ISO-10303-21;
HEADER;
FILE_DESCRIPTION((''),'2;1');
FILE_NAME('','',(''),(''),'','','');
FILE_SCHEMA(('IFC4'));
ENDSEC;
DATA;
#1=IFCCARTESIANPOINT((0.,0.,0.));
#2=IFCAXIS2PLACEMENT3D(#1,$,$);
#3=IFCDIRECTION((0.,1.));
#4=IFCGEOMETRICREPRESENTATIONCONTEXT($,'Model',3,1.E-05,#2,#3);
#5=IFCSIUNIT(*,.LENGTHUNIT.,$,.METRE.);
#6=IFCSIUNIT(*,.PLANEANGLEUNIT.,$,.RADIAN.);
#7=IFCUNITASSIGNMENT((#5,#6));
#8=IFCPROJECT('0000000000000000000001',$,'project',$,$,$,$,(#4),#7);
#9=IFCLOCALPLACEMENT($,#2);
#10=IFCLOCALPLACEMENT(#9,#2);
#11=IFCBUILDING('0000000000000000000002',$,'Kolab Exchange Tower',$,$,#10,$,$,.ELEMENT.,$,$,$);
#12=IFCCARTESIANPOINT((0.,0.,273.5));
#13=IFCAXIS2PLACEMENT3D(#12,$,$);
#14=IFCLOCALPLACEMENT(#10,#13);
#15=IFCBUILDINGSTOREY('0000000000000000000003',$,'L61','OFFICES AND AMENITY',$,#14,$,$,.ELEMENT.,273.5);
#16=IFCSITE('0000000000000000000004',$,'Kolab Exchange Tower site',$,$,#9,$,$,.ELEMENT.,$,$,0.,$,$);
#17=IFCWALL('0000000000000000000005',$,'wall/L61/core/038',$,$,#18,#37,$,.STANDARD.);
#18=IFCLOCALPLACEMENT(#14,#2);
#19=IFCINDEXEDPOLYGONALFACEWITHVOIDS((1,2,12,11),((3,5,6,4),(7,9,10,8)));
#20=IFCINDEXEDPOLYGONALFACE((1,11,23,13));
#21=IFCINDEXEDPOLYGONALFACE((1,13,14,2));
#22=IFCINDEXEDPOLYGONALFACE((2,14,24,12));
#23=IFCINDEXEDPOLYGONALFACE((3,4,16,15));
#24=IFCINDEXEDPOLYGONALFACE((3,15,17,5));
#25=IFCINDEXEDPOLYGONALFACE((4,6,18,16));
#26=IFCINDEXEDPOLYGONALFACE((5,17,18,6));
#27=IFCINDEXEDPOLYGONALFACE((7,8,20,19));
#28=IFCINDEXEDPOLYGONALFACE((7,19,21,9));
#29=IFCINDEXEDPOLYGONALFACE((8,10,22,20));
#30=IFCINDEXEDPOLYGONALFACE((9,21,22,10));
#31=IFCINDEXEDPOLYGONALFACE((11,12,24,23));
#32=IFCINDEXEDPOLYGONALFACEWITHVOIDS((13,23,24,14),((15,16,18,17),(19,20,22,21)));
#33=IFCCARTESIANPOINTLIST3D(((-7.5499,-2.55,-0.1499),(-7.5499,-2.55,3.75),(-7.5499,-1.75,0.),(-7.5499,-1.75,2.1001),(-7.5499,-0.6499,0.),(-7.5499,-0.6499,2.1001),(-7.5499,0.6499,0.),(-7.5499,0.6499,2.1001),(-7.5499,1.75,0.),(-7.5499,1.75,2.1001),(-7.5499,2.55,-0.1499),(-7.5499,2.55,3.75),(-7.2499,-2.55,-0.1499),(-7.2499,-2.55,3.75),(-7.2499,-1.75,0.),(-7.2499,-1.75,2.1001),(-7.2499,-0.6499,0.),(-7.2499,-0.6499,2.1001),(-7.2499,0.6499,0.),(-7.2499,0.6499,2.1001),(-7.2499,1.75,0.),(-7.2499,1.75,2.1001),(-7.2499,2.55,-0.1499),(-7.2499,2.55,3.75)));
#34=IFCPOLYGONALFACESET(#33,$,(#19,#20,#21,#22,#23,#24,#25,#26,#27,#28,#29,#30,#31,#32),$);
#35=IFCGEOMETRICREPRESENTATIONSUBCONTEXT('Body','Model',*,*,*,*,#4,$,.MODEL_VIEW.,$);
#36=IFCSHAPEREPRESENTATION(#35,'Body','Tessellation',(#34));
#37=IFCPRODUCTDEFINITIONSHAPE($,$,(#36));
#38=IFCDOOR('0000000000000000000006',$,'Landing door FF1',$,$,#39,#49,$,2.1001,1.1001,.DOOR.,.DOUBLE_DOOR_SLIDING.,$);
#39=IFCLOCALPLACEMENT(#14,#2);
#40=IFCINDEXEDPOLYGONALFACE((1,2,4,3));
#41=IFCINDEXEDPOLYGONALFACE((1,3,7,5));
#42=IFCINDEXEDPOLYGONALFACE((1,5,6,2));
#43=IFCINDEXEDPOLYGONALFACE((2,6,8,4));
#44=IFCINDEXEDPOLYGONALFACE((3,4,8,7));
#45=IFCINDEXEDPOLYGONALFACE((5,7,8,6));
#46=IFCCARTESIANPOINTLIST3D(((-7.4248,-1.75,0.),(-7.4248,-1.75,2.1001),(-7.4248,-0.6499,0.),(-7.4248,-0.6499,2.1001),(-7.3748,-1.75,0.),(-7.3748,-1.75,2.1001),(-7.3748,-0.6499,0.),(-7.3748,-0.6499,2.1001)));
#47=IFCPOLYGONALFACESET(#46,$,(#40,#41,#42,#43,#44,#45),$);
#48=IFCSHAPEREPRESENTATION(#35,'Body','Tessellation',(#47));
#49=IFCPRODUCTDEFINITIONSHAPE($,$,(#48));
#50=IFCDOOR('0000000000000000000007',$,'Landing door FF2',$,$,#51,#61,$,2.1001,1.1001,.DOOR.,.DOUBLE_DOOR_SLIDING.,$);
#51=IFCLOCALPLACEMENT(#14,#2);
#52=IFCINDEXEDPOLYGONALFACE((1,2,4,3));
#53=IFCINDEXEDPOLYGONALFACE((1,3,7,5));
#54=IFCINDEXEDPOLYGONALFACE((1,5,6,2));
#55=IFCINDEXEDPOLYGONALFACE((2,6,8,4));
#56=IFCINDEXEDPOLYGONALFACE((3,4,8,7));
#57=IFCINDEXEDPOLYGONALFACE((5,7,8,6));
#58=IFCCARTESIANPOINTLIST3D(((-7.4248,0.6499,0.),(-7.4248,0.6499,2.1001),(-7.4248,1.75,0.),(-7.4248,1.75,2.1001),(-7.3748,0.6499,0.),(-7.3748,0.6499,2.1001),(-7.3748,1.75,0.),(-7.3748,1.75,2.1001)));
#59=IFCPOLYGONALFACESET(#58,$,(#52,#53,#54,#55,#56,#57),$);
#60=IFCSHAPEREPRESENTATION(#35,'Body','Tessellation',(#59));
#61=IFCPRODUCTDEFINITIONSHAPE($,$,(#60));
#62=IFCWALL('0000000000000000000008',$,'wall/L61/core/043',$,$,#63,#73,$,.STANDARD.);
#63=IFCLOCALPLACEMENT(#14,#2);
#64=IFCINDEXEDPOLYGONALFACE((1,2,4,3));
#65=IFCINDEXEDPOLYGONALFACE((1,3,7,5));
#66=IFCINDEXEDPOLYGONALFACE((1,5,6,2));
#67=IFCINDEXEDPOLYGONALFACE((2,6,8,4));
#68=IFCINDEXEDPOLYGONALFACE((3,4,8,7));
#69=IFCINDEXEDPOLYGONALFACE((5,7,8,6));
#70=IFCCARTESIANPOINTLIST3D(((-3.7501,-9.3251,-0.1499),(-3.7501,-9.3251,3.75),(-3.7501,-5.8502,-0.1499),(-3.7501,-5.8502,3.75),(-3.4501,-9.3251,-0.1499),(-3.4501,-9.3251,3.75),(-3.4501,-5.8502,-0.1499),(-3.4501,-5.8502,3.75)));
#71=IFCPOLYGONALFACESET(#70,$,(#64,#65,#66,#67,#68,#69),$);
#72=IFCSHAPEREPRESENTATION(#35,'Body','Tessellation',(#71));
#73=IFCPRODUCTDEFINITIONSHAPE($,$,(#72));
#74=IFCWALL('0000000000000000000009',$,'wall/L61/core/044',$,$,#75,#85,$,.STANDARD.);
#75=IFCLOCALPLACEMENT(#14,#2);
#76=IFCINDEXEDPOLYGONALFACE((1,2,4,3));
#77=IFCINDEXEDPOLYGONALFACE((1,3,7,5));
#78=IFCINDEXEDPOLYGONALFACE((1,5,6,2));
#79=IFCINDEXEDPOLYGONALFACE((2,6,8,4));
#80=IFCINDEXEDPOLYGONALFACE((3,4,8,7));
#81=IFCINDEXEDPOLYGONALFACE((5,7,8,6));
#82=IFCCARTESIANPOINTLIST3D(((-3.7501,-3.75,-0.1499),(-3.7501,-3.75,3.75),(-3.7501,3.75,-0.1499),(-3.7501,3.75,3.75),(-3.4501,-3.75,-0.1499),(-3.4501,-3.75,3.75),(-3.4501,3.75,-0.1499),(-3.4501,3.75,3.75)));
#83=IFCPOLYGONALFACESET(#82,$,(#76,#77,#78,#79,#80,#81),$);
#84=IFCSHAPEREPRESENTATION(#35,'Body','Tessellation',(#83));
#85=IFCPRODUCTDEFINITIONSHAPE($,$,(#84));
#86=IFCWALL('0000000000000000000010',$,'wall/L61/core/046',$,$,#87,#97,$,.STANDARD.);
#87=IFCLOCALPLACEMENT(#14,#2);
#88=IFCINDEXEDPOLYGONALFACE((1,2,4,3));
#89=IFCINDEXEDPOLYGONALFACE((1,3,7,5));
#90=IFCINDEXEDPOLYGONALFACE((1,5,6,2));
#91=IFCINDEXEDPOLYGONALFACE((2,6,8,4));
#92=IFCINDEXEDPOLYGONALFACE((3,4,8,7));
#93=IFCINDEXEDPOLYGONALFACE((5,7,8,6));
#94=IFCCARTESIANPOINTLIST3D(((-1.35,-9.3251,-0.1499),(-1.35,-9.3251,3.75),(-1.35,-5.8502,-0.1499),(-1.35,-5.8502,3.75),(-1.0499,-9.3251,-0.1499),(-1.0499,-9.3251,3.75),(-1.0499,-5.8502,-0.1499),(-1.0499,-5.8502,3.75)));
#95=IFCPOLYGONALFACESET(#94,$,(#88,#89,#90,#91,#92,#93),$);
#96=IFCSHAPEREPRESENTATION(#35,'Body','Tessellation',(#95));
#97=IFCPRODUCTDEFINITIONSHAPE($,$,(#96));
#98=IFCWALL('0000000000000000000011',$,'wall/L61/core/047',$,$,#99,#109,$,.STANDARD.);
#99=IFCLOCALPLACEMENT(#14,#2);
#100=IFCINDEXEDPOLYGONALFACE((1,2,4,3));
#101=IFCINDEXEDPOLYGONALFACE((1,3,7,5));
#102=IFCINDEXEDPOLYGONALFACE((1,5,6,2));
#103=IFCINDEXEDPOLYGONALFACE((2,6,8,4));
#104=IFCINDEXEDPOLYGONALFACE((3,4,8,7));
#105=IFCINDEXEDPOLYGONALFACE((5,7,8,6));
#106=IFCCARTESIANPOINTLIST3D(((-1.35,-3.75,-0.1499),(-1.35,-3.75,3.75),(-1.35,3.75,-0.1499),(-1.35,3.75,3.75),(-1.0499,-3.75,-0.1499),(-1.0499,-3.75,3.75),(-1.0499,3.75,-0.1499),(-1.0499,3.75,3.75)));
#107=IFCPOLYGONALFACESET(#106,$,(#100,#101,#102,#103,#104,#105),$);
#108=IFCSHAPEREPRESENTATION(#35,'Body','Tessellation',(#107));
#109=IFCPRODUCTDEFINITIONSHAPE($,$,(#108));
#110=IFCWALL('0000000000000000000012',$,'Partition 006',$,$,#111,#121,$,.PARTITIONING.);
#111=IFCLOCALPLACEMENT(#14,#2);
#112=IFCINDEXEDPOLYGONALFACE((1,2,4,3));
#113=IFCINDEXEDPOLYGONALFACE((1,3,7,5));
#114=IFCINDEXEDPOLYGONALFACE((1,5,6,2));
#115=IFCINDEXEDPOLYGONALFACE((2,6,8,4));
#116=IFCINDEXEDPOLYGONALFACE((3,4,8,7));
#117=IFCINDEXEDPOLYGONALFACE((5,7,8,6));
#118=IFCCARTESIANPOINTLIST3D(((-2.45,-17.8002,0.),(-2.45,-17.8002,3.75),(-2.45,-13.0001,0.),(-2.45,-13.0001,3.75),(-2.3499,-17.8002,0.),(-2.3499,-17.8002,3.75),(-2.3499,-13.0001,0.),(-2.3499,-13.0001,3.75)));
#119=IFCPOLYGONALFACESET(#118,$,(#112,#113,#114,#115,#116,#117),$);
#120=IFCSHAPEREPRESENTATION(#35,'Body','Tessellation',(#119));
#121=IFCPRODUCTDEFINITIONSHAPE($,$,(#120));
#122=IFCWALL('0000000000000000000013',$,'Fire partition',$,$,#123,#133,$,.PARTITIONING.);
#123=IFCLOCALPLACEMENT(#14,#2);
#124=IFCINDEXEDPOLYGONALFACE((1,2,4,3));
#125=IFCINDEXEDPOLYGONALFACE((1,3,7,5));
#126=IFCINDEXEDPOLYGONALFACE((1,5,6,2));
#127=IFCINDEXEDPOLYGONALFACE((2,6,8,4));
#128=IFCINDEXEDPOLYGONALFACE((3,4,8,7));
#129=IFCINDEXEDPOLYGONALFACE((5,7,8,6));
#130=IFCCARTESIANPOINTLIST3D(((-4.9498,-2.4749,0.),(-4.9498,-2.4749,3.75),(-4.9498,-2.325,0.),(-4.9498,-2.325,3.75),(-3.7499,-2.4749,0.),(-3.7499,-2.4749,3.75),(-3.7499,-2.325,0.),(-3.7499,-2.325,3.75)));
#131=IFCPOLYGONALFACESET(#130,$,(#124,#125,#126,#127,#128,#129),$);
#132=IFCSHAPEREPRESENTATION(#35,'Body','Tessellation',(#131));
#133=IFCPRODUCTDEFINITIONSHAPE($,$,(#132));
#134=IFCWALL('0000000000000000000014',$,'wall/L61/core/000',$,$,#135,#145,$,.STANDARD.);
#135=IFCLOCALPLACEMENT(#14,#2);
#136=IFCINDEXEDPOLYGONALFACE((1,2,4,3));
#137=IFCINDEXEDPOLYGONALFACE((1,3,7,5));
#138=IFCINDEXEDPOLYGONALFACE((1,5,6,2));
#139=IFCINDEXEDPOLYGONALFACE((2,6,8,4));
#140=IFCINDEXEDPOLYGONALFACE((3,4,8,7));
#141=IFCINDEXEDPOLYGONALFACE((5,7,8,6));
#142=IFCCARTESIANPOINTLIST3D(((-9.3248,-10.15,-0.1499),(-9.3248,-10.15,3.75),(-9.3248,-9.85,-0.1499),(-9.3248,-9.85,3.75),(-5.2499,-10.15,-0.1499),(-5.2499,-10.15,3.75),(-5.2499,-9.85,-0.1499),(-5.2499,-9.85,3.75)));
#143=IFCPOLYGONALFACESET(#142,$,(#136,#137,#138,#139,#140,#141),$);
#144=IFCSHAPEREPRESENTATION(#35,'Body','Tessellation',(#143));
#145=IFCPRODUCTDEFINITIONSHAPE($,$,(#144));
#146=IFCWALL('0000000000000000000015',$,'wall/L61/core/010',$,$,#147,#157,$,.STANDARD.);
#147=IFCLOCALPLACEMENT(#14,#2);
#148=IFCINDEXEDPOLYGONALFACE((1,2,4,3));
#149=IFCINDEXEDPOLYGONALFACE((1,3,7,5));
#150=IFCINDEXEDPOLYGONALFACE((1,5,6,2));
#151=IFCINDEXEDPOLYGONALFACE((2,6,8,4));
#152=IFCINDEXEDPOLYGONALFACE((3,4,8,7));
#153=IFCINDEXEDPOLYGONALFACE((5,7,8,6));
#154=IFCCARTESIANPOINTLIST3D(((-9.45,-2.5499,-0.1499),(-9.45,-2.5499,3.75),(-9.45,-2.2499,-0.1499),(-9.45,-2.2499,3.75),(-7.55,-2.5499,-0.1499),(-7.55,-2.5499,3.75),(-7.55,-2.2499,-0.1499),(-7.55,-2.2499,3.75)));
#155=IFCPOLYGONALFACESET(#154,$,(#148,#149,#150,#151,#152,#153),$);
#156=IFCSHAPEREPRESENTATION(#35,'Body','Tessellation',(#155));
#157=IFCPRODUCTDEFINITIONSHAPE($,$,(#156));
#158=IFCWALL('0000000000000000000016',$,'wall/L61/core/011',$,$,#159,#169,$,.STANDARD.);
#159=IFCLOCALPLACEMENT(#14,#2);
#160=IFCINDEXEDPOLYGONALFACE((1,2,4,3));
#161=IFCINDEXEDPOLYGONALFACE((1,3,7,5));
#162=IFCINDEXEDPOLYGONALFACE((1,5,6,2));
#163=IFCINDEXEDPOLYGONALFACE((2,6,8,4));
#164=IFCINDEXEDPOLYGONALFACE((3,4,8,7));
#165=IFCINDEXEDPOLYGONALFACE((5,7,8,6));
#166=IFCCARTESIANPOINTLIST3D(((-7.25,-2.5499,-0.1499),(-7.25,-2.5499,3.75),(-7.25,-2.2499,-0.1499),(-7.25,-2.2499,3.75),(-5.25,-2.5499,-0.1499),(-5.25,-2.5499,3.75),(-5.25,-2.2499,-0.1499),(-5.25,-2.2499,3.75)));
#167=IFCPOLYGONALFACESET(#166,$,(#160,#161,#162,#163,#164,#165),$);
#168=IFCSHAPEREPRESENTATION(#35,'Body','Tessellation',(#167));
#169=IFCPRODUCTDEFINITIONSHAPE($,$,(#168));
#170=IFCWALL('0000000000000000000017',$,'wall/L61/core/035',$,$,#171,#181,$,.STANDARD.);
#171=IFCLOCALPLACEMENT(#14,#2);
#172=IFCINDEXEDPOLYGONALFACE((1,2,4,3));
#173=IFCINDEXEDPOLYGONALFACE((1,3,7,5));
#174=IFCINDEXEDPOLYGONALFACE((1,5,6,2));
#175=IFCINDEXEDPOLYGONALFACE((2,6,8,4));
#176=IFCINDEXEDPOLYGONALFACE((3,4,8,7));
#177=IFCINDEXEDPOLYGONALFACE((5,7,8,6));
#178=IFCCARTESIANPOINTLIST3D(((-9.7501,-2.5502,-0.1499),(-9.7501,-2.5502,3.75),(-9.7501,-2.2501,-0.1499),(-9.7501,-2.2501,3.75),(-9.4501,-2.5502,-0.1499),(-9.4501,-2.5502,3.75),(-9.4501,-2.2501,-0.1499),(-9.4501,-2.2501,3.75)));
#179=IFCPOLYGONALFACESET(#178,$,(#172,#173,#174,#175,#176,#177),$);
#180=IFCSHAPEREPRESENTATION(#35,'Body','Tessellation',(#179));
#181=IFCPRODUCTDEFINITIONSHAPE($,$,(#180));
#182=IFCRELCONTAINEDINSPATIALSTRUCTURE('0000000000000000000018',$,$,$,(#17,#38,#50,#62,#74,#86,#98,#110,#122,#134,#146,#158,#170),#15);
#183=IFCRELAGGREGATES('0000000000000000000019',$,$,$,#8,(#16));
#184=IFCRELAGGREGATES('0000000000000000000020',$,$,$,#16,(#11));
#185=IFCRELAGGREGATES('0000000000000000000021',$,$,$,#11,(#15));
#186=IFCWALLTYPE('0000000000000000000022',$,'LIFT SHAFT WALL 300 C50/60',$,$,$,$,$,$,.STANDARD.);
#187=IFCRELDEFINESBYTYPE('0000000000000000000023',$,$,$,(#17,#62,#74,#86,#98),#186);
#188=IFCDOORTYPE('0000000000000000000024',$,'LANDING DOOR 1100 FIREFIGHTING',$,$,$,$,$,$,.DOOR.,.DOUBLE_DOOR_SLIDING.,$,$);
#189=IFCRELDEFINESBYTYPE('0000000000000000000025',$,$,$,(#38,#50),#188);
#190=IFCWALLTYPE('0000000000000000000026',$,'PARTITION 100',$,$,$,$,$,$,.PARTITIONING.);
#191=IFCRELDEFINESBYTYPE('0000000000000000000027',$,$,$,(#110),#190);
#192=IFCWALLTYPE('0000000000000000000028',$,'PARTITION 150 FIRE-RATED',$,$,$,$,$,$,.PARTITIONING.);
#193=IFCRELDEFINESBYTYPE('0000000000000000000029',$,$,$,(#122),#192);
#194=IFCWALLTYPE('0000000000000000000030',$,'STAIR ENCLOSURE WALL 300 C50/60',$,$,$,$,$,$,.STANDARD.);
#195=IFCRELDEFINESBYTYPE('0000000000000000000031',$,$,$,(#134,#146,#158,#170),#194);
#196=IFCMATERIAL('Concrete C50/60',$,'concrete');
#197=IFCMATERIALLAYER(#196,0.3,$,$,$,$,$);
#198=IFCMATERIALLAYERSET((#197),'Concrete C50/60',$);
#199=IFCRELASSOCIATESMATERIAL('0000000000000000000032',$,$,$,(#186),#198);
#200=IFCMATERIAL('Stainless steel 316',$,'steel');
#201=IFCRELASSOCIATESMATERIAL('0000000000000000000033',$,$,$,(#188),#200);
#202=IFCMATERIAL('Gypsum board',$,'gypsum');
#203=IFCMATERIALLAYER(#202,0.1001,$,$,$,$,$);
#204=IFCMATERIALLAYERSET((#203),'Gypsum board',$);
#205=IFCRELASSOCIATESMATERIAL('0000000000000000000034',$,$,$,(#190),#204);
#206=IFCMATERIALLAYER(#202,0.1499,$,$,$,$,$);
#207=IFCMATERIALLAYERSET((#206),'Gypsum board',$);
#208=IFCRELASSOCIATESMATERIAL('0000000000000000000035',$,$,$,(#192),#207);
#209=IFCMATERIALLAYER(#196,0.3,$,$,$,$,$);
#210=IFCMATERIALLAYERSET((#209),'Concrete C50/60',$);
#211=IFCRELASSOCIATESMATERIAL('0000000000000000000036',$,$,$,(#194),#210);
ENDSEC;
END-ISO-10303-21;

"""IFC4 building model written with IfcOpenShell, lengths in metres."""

from ifc_helpers import new_model, si_unit, direction, frame, frame_2d, origin, place, context, subcontext, project, spatial, rectangle, extrude, material, layer, layer_set, type_object, element, fill, save


model = new_model("IFC4")

# Units and contexts
model_context = context("Model", 3, precision=1e-05, world=origin(), true_north=direction((0.0, 1.0)))
body_context = subcontext(model_context, "Body", "Model", "MODEL_VIEW")
ifc_project = project(units=[si_unit("LENGTHUNIT", "METRE"), si_unit("PLANEANGLEUNIT", "RADIAN")], contexts=[model_context])

# Site, building, storey
site_placement = place(None, origin())
site = spatial("IfcSite", under=ifc_project, at=site_placement, Name="Kolab Exchange Tower site", CompositionType="ELEMENT", RefElevation=0.0)
building_placement = place(site_placement, origin())
building = spatial("IfcBuilding", under=site, at=building_placement, Name="Kolab Exchange Tower", CompositionType="ELEMENT")
storey_placement = place(building_placement, frame((0.0, 0.0, 273.5)))
storey = spatial("IfcBuildingStorey", under=building, at=storey_placement, Name="L61", Description="OFFICES AND AMENITY", CompositionType="ELEMENT", Elevation=273.5)

# Shared definitions
ifc_material_1 = material(Name="Concrete C50/60", Category="concrete")

# Shared definitions
ifc_layer_1 = layer(ifc_material_1, 0.3)
ifc_layer_set_1 = layer_set([ifc_layer_1], Name="Concrete C50/60")
wall_type_1 = type_object("IfcWallType", Name="LIFT SHAFT WALL 300 C50/60", PredefinedType="STANDARD", material=ifc_layer_set_1)
ifc_material_2 = material(Name="Stainless steel 316", Category="steel")

# Wall, openings, doors
wall_1_placement = place(storey_placement, frame((-7.3999, -2.55, -0.1499), z_axis=(0.0, 0.0, 1.0), x_axis=(0.0, 1.0, 0.0)))
wall_1 = element("IfcWall", 1, at=wall_1_placement, inside=storey, type_object=wall_type_1, Name="wall/L61/core/038", PredefinedType="STANDARD", context=body_context, shape_type="SweptSolid", body=[
    extrude(rectangle(XDim=5.1001, YDim=0.3, at=frame_2d((2.55, 0.0))), origin(), (0.0, 0.0, 1.0), 3.8999),
])
opening_1_placement = place(wall_1_placement, frame((0.8, 0.0, 0.1499)))
opening_1 = element("IfcOpeningElement", 2, at=opening_1_placement, cuts=wall_1, PredefinedType="OPENING", context=body_context, shape_type="SweptSolid", body=[
    extrude(rectangle(XDim=1.1001, YDim=2.1001, at=frame_2d((0.55, 1.05))), frame((0.0, 0.1602, 0.0), z_axis=(0.0, -1.0, 0.0), x_axis=(1.0, 0.0, 0.0)), (0.0, 0.0, 1.0), 0.3201),
])
opening_2_placement = place(wall_1_placement, frame((3.2, 0.0, 0.1499)))
opening_2 = element("IfcOpeningElement", 3, at=opening_2_placement, cuts=wall_1, PredefinedType="OPENING", context=body_context, shape_type="SweptSolid", body=[
    extrude(rectangle(XDim=1.1001, YDim=2.1001, at=frame_2d((0.55, 1.05))), frame((0.0, 0.1602, 0.0), z_axis=(0.0, -1.0, 0.0), x_axis=(1.0, 0.0, 0.0)), (0.0, 0.0, 1.0), 0.3201),
])
door_type_1 = type_object("IfcDoorType", Name="LANDING DOOR 1100 FIREFIGHTING", OperationType="DOUBLE_DOOR_SLIDING", PredefinedType="DOOR", material=ifc_material_2)
door_1_placement = place(opening_1_placement, origin())
door_1 = element("IfcDoor", 4, at=door_1_placement, inside=storey, type_object=door_type_1, Name="Landing door FF1", OperationType="DOUBLE_DOOR_SLIDING", OverallHeight=2.1001, OverallWidth=1.1001, PredefinedType="DOOR", context=body_context, shape_type="SweptSolid", body=[
    extrude(rectangle(XDim=1.1001, YDim=2.1001, at=frame_2d((0.55, 1.05))), frame((0.0, 0.0249, 0.0), z_axis=(0.0, -1.0, 0.0), x_axis=(1.0, 0.0, 0.0)), (0.0, 0.0, 1.0), 0.05),
])
fill(opening_1, door_1)
door_2_placement = place(opening_2_placement, origin())
door_2 = element("IfcDoor", 5, at=door_2_placement, inside=storey, type_object=door_type_1, Name="Landing door FF2", OperationType="DOUBLE_DOOR_SLIDING", OverallHeight=2.1001, OverallWidth=1.1001, PredefinedType="DOOR", context=body_context, shape_type="SweptSolid", body=[
    extrude(rectangle(XDim=1.1001, YDim=2.1001, at=frame_2d((0.55, 1.05))), frame((0.0, 0.0249, 0.0), z_axis=(0.0, -1.0, 0.0), x_axis=(1.0, 0.0, 0.0)), (0.0, 0.0, 1.0), 0.05),
])
fill(opening_2, door_2)

# Walls
wall_2_placement = place(storey_placement, frame((-3.6001, -9.325, -0.1499), z_axis=(0.0, 0.0, 1.0), x_axis=(0.0, 1.0, 0.0)))
element("IfcWall", 6, at=wall_2_placement, inside=storey, type_object=wall_type_1, Name="wall/L61/core/043", PredefinedType="STANDARD", context=body_context, shape_type="SweptSolid", body=[
    extrude(rectangle(XDim=3.4749, YDim=0.3, at=frame_2d((1.7373, 0.0))), origin(), (0.0, 0.0, 1.0), 3.8999),
])
wall_3_placement = place(storey_placement, frame((-3.6001, -3.75, -0.1499), z_axis=(0.0, 0.0, 1.0), x_axis=(0.0, 1.0, 0.0)))
element("IfcWall", 7, at=wall_3_placement, inside=storey, type_object=wall_type_1, Name="wall/L61/core/044", PredefinedType="STANDARD", context=body_context, shape_type="SweptSolid", body=[
    extrude(rectangle(XDim=7.5, YDim=0.3, at=frame_2d((3.75, 0.0))), origin(), (0.0, 0.0, 1.0), 3.8999),
])
wall_4_placement = place(storey_placement, frame((-1.2, -9.325, -0.1499), z_axis=(0.0, 0.0, 1.0), x_axis=(0.0, 1.0, 0.0)))
element("IfcWall", 8, at=wall_4_placement, inside=storey, type_object=wall_type_1, Name="wall/L61/core/046", PredefinedType="STANDARD", context=body_context, shape_type="SweptSolid", body=[
    extrude(rectangle(XDim=3.4749, YDim=0.3, at=frame_2d((1.7373, 0.0))), origin(), (0.0, 0.0, 1.0), 3.8999),
])
wall_5_placement = place(storey_placement, frame((-1.2, -3.75, -0.1499), z_axis=(0.0, 0.0, 1.0), x_axis=(0.0, 1.0, 0.0)))
element("IfcWall", 9, at=wall_5_placement, inside=storey, type_object=wall_type_1, Name="wall/L61/core/047", PredefinedType="STANDARD", context=body_context, shape_type="SweptSolid", body=[
    extrude(rectangle(XDim=7.5, YDim=0.3, at=frame_2d((3.75, 0.0))), origin(), (0.0, 0.0, 1.0), 3.8999),
])
ifc_material_3 = material(Name="Gypsum board", Category="gypsum")
ifc_layer_2 = layer(ifc_material_3, 0.1001)
ifc_layer_set_2 = layer_set([ifc_layer_2], Name="Gypsum board")
wall_type_2 = type_object("IfcWallType", Name="PARTITION 100", PredefinedType="PARTITIONING", material=ifc_layer_set_2)
wall_6_placement = place(storey_placement, frame((-2.3999, -17.8, 0.0), z_axis=(0.0, 0.0, 1.0), x_axis=(0.0, 1.0, 0.0)))
element("IfcWall", 10, at=wall_6_placement, inside=storey, type_object=wall_type_2, Name="Partition 006", PredefinedType="PARTITIONING", context=body_context, shape_type="SweptSolid", body=[
    extrude(rectangle(XDim=4.8, YDim=0.1001, at=frame_2d((2.3999, 0.0))), origin(), (0.0, 0.0, 1.0), 3.75),
])
ifc_layer_3 = layer(ifc_material_3, 0.1499)
ifc_layer_set_3 = layer_set([ifc_layer_3], Name="Gypsum board")
wall_type_3 = type_object("IfcWallType", Name="PARTITION 150 FIRE-RATED", PredefinedType="PARTITIONING", material=ifc_layer_set_3)
wall_7_placement = place(storey_placement, frame((-4.95, -2.3999, 0.0), z_axis=(0.0, 0.0, 1.0), x_axis=(1.0, 0.0, 0.0)))
element("IfcWall", 11, at=wall_7_placement, inside=storey, type_object=wall_type_3, Name="Fire partition", PredefinedType="PARTITIONING", context=body_context, shape_type="SweptSolid", body=[
    extrude(rectangle(XDim=1.2, YDim=0.1499, at=frame_2d((0.6001, 0.0))), origin(), (0.0, 0.0, 1.0), 3.75),
])
ifc_layer_4 = layer(ifc_material_1, 0.3)
ifc_layer_set_4 = layer_set([ifc_layer_4], Name="Concrete C50/60")
wall_type_4 = type_object("IfcWallType", Name="STAIR ENCLOSURE WALL 300 C50/60", PredefinedType="STANDARD", material=ifc_layer_set_4)
wall_8_placement = place(storey_placement, frame((-9.325, -10.0, -0.1499), z_axis=(0.0, 0.0, 1.0), x_axis=(1.0, 0.0, 0.0)))
element("IfcWall", 12, at=wall_8_placement, inside=storey, type_object=wall_type_4, Name="wall/L61/core/000", PredefinedType="STANDARD", context=body_context, shape_type="SweptSolid", body=[
    extrude(rectangle(XDim=4.075, YDim=0.3, at=frame_2d((2.0376, 0.0))), origin(), (0.0, 0.0, 1.0), 3.8999),
])
wall_9_placement = place(storey_placement, frame((-9.45, -2.3999, -0.1499), z_axis=(0.0, 0.0, 1.0), x_axis=(1.0, 0.0, 0.0)))
element("IfcWall", 13, at=wall_9_placement, inside=storey, type_object=wall_type_4, Name="wall/L61/core/010", PredefinedType="STANDARD", context=body_context, shape_type="SweptSolid", body=[
    extrude(rectangle(XDim=1.8999, YDim=0.3, at=frame_2d((0.95, 0.0))), origin(), (0.0, 0.0, 1.0), 3.8999),
])
wall_10_placement = place(storey_placement, frame((-7.25, -2.3999, -0.1499), z_axis=(0.0, 0.0, 1.0), x_axis=(1.0, 0.0, 0.0)))
element("IfcWall", 14, at=wall_10_placement, inside=storey, type_object=wall_type_4, Name="wall/L61/core/011", PredefinedType="STANDARD", context=body_context, shape_type="SweptSolid", body=[
    extrude(rectangle(XDim=2.0, YDim=0.3, at=frame_2d((1.0, 0.0))), origin(), (0.0, 0.0, 1.0), 3.8999),
])
wall_11_placement = place(storey_placement, frame((-9.6001, -2.55, -0.1499), z_axis=(0.0, 0.0, 1.0), x_axis=(0.0, 1.0, 0.0)))
element("IfcWall", 15, at=wall_11_placement, inside=storey, type_object=wall_type_4, Name="wall/L61/core/035", PredefinedType="STANDARD", context=body_context, shape_type="SweptSolid", body=[
    extrude(rectangle(XDim=0.3, YDim=0.3, at=frame_2d((0.1499, 0.0))), origin(), (0.0, 0.0, 1.0), 3.8999),
])

save(model, "model.ifc")
